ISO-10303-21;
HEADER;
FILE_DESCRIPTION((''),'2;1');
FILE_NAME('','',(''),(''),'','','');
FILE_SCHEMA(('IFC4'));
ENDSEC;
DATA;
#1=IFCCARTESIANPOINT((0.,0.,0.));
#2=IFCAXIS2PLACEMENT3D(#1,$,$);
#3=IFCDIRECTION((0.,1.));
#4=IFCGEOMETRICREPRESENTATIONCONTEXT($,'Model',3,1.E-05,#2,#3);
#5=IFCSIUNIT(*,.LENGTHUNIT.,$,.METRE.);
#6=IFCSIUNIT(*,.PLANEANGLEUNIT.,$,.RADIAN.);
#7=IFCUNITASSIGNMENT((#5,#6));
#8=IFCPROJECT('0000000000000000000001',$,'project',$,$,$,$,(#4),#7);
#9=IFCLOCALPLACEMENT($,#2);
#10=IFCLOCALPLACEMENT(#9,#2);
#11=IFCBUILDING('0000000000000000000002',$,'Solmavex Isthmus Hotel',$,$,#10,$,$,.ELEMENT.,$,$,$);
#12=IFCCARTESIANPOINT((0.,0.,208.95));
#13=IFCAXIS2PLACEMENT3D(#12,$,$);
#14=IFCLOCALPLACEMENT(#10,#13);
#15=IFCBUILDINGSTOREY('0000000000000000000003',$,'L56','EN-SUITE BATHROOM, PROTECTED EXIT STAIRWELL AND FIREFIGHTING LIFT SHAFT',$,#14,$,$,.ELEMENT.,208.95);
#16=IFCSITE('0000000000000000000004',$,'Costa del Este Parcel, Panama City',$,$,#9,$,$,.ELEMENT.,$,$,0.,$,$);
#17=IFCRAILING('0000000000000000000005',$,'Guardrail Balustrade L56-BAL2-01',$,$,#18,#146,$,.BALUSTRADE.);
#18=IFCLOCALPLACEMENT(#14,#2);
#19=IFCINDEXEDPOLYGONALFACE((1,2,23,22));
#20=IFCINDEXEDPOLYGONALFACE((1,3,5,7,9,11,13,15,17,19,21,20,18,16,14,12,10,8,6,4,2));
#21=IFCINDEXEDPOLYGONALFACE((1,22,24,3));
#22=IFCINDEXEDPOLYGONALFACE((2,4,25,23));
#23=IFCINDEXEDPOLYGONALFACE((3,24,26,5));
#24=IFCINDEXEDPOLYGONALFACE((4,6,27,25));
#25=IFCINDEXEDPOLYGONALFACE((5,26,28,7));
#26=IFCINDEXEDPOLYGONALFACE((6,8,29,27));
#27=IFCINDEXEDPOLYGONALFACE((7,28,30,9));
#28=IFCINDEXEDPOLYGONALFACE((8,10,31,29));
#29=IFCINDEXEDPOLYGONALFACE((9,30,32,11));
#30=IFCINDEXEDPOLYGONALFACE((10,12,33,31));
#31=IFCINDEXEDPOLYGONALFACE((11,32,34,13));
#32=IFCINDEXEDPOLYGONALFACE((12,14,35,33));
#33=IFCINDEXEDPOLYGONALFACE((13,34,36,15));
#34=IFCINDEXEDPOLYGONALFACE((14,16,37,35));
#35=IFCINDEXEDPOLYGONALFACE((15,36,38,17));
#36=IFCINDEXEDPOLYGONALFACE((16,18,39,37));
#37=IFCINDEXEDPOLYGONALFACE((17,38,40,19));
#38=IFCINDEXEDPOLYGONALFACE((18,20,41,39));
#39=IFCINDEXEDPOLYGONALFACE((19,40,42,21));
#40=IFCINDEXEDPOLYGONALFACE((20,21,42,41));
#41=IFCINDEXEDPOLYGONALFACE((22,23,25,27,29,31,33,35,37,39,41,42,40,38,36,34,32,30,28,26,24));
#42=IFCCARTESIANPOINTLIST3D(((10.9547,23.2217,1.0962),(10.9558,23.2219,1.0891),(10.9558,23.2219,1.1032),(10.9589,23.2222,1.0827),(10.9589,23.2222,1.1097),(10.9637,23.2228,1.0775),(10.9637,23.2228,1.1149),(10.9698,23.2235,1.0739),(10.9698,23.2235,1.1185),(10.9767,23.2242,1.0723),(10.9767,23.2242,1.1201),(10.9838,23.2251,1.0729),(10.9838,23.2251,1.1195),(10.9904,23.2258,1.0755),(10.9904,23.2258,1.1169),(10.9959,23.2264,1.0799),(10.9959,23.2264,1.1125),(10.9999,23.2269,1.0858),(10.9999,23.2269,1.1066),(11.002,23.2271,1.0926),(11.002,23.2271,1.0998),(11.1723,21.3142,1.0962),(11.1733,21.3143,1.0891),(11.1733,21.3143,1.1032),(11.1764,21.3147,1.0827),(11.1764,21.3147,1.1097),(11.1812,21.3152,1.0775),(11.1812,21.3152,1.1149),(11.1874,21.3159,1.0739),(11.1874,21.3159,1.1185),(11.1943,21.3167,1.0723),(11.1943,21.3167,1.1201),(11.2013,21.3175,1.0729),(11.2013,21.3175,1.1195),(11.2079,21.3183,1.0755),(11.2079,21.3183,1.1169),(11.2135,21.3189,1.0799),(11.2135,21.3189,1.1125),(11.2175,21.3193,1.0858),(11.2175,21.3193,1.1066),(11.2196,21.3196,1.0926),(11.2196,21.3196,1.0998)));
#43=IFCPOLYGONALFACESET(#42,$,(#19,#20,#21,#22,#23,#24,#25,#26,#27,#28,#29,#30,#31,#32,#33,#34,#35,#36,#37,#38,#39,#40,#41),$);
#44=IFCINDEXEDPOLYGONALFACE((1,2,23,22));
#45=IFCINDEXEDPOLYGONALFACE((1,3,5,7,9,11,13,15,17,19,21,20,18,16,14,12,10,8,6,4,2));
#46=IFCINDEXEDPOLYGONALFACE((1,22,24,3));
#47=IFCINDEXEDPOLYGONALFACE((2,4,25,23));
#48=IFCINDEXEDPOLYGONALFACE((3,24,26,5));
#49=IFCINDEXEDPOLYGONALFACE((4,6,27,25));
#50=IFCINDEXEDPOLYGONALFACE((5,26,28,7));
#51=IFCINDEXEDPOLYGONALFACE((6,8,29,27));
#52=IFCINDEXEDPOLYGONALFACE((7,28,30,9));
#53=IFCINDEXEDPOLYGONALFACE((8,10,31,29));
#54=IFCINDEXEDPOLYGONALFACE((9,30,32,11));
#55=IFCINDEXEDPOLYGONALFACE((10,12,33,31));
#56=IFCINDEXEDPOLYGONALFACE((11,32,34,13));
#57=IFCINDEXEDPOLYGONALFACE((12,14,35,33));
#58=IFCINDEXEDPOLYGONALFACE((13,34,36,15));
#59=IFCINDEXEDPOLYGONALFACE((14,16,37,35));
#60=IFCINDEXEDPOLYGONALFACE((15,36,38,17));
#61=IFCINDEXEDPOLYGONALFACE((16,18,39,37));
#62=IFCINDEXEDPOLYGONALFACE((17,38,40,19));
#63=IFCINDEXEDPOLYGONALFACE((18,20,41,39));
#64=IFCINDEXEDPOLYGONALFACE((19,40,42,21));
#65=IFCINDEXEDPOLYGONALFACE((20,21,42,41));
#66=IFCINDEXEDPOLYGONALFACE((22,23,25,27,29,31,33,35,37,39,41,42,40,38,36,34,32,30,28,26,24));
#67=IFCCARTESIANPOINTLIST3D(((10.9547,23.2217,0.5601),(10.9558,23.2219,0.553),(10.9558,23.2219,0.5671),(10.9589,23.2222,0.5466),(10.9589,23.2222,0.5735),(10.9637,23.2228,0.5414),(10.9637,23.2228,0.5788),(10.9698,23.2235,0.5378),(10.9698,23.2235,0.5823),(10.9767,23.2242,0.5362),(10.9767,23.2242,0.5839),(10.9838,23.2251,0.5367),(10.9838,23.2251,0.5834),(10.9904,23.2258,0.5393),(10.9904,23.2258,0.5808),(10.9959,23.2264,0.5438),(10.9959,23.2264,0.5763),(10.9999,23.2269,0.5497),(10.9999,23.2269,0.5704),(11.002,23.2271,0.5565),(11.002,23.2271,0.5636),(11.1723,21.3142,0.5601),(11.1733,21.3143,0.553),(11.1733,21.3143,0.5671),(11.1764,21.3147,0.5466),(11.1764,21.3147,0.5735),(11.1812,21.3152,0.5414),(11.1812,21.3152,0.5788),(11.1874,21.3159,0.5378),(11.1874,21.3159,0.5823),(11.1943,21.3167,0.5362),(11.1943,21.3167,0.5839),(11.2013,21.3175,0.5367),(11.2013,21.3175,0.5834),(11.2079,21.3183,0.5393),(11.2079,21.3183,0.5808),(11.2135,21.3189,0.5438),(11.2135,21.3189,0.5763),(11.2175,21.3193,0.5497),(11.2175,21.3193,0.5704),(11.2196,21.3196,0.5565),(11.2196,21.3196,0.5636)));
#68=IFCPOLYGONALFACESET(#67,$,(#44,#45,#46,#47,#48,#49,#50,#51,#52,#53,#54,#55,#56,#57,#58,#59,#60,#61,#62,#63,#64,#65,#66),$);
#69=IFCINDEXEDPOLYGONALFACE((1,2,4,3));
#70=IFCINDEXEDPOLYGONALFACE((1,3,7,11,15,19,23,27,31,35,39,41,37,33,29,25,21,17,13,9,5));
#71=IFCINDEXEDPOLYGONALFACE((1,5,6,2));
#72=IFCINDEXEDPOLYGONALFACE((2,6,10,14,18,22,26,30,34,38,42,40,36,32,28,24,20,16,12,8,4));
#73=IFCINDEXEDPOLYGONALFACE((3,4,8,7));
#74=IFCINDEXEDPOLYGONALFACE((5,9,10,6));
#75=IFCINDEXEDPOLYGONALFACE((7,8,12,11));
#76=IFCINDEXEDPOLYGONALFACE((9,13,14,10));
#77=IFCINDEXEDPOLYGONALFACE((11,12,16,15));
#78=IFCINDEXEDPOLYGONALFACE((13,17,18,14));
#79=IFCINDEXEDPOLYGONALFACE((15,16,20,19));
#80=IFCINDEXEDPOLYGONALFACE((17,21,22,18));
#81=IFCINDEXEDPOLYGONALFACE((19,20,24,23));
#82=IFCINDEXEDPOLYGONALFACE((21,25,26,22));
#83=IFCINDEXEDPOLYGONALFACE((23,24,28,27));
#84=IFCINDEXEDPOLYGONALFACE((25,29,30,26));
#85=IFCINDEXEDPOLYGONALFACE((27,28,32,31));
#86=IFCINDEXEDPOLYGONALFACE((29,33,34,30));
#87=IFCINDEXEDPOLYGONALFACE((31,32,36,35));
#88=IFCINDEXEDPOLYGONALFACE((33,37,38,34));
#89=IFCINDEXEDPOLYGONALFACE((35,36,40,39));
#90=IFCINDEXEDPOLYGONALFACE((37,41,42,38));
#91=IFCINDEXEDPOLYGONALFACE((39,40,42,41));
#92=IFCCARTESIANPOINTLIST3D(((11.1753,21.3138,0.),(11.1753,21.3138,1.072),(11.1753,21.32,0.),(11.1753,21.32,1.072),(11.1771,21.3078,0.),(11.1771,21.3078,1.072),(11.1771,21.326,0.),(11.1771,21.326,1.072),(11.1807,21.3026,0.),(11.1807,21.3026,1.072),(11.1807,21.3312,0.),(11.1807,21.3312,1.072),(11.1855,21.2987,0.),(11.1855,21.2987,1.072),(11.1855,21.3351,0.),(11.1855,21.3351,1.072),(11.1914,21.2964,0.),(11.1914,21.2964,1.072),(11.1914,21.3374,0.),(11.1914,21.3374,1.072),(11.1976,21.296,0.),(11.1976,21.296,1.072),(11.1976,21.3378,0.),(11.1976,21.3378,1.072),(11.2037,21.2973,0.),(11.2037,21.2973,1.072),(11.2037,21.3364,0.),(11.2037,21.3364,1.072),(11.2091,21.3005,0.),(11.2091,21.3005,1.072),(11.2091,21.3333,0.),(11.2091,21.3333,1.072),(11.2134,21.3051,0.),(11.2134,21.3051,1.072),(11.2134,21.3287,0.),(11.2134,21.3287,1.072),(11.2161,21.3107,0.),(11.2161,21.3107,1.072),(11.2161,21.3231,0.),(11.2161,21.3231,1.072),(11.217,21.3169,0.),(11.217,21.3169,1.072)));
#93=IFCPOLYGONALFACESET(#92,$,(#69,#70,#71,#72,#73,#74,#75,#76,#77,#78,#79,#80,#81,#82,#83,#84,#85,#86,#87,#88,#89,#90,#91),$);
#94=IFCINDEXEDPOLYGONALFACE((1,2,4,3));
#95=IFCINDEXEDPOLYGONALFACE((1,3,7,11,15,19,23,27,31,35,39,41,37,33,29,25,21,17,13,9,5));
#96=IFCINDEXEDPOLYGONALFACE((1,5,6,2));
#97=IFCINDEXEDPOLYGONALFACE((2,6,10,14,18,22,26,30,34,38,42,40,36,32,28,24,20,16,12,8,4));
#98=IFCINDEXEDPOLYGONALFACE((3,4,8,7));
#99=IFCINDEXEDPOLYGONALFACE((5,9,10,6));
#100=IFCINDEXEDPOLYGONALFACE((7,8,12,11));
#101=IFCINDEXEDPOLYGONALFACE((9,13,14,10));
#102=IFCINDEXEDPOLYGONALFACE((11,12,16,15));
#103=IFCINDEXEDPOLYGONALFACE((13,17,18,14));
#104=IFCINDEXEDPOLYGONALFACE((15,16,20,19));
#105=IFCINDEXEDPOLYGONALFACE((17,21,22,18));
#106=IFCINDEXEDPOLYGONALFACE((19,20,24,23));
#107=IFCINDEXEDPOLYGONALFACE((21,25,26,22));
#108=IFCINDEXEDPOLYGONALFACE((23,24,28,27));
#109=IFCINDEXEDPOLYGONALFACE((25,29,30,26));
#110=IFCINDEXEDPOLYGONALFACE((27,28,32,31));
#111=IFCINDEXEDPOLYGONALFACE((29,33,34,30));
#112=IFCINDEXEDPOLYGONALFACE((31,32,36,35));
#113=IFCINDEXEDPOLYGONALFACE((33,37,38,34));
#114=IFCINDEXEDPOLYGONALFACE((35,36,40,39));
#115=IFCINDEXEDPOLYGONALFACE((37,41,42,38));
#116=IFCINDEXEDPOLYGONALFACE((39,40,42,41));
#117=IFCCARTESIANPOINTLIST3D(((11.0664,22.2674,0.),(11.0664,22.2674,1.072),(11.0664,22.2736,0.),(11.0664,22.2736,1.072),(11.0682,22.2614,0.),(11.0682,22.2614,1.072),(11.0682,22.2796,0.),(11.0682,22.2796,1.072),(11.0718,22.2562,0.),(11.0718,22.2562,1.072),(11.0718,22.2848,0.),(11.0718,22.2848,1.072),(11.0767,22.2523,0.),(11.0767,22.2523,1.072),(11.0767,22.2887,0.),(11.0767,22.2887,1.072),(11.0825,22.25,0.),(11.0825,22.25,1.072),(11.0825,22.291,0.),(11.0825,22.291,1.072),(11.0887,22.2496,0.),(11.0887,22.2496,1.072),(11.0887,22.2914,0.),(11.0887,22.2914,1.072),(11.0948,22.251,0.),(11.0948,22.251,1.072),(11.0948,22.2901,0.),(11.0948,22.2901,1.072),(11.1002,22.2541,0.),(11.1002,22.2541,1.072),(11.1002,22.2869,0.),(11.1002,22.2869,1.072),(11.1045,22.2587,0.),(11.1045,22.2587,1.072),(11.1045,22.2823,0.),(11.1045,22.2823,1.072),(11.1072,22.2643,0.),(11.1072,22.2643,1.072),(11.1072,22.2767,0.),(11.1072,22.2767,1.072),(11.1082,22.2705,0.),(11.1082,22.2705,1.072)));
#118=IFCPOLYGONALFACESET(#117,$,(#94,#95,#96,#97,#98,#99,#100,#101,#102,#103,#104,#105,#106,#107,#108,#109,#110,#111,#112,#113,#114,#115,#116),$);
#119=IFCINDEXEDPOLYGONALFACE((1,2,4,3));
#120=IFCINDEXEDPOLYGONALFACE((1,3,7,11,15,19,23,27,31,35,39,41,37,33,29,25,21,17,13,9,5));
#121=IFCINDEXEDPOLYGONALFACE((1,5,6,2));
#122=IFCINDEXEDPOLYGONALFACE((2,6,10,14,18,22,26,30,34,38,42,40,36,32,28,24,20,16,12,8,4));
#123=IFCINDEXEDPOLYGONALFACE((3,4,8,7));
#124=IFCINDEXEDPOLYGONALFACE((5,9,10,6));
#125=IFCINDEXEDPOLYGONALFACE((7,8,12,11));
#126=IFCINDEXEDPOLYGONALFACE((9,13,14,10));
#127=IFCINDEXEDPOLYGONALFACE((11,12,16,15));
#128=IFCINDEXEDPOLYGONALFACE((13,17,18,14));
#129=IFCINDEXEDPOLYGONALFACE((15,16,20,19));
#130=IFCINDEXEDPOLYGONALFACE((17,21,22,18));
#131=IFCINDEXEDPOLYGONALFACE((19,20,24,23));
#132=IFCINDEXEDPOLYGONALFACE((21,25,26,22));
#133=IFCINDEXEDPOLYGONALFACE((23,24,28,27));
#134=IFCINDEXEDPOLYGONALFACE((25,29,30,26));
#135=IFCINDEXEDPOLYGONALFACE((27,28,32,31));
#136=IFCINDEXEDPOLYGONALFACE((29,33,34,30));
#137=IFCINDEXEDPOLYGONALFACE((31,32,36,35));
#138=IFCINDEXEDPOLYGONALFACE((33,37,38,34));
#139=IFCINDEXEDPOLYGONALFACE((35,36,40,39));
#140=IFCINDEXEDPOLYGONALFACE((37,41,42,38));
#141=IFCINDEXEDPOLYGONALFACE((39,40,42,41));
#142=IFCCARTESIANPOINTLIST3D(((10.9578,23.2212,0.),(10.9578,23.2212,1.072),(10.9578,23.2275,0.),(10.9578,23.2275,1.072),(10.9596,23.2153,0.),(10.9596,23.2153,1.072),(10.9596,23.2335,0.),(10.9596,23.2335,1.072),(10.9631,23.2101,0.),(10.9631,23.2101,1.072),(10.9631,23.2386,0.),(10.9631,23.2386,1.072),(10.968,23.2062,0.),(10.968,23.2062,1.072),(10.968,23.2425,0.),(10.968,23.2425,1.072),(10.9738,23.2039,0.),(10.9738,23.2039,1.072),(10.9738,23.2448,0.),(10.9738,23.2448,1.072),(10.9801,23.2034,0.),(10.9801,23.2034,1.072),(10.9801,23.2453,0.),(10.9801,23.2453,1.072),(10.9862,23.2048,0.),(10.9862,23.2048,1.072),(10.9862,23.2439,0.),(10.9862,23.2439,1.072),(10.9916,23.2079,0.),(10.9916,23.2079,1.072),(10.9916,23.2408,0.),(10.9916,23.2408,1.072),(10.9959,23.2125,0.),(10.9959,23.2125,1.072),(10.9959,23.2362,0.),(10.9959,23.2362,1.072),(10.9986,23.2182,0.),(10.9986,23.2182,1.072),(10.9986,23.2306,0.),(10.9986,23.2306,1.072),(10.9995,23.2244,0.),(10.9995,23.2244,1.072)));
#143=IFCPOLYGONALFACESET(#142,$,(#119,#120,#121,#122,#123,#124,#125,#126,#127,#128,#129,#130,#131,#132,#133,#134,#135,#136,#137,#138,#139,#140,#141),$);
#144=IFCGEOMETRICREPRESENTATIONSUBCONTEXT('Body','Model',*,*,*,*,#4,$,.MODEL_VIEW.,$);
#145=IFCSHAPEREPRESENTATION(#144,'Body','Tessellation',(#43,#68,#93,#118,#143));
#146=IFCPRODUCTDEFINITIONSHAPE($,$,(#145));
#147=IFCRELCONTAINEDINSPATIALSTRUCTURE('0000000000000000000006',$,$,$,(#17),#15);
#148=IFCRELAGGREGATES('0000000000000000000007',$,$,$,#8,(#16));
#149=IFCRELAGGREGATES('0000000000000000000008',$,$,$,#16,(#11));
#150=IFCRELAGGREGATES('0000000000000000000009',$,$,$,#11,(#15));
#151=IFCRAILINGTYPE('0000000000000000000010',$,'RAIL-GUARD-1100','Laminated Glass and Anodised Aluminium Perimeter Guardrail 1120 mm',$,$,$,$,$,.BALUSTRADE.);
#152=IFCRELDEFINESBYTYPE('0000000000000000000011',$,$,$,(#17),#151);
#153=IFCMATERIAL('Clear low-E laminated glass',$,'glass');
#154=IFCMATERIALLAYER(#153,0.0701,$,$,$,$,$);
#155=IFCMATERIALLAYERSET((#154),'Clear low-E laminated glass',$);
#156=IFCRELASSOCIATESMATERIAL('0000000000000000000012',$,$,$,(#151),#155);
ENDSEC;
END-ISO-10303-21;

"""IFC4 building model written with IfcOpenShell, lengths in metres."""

from ifc_helpers import new_model, si_unit, direction, frame, origin, origin_2d, place, context, subcontext, project, spatial, circle, extrude, material, layer, layer_set, type_object, element, save


model = new_model("IFC4")

# Units and contexts
model_context = context("Model", 3, precision=1e-05, world=origin(), true_north=direction((0.0, 1.0)))
body_context = subcontext(model_context, "Body", "Model", "MODEL_VIEW")
ifc_project = project(units=[si_unit("LENGTHUNIT", "METRE"), si_unit("PLANEANGLEUNIT", "RADIAN")], contexts=[model_context])

# Site, building, storey
site_placement = place(None, origin())
site = spatial("IfcSite", under=ifc_project, at=site_placement, Name="Costa del Este Parcel, Panama City", CompositionType="ELEMENT", RefElevation=0.0)
building_placement = place(site_placement, origin())
building = spatial("IfcBuilding", under=site, at=building_placement, Name="Solmavex Isthmus Hotel", CompositionType="ELEMENT")
storey_placement = place(building_placement, frame((0.0, 0.0, 208.95)))
storey = spatial("IfcBuildingStorey", under=building, at=storey_placement, Name="L56", Description="EN-SUITE BATHROOM, PROTECTED EXIT STAIRWELL AND FIREFIGHTING LIFT SHAFT", CompositionType="ELEMENT", Elevation=208.95)

# Shared definitions
ifc_material_1 = material(Name="Clear low-E laminated glass", Category="glass")

# Railing
ifc_layer_1 = layer(ifc_material_1, 0.0701)
ifc_layer_set_1 = layer_set([ifc_layer_1], Name="Clear low-E laminated glass")
railing_type = type_object("IfcRailingType", Name="RAIL-GUARD-1100", Description="Laminated Glass and Anodised Aluminium Perimeter Guardrail 1120 mm", PredefinedType="BALUSTRADE", material=ifc_layer_set_1)
railing_1_placement = place(storey_placement, frame((11.196, 21.3169, 0.0)))
element("IfcRailing", 1, at=railing_1_placement, inside=storey, type_object=railing_type, Name="Guardrail Balustrade L56-BAL2-01", PredefinedType="BALUSTRADE", context=body_context, shape_type="SweptSolid", body=[
    extrude(circle(Radius=0.0239, at=origin_2d()), frame((0.0, 0.0, 1.0962), z_axis=(-0.113306, 0.99356, 0.0), x_axis=(-0.99356, -0.113306, 0.0)), (0.0, 0.0, 1.0), 1.9199),
    extrude(circle(Radius=0.0239, at=origin_2d()), frame((0.0, 0.0, 0.5601), z_axis=(-0.113306, 0.99356, 0.0), x_axis=(-0.99356, -0.113306, 0.0)), (0.0, 0.0, 1.0), 1.9199),
    extrude(circle(Radius=0.021, at=origin_2d()), origin(), (0.0, 0.0, 1.0), 1.072),
    extrude(circle(Radius=0.021, at=origin_2d()), frame((-0.1089, 0.9536, 0.0)), (0.0, 0.0, 1.0), 1.072),
    extrude(circle(Radius=0.021, at=origin_2d()), frame((-0.2175, 1.9075, 0.0)), (0.0, 0.0, 1.0), 1.072),
])

save(model, "model.ifc")
